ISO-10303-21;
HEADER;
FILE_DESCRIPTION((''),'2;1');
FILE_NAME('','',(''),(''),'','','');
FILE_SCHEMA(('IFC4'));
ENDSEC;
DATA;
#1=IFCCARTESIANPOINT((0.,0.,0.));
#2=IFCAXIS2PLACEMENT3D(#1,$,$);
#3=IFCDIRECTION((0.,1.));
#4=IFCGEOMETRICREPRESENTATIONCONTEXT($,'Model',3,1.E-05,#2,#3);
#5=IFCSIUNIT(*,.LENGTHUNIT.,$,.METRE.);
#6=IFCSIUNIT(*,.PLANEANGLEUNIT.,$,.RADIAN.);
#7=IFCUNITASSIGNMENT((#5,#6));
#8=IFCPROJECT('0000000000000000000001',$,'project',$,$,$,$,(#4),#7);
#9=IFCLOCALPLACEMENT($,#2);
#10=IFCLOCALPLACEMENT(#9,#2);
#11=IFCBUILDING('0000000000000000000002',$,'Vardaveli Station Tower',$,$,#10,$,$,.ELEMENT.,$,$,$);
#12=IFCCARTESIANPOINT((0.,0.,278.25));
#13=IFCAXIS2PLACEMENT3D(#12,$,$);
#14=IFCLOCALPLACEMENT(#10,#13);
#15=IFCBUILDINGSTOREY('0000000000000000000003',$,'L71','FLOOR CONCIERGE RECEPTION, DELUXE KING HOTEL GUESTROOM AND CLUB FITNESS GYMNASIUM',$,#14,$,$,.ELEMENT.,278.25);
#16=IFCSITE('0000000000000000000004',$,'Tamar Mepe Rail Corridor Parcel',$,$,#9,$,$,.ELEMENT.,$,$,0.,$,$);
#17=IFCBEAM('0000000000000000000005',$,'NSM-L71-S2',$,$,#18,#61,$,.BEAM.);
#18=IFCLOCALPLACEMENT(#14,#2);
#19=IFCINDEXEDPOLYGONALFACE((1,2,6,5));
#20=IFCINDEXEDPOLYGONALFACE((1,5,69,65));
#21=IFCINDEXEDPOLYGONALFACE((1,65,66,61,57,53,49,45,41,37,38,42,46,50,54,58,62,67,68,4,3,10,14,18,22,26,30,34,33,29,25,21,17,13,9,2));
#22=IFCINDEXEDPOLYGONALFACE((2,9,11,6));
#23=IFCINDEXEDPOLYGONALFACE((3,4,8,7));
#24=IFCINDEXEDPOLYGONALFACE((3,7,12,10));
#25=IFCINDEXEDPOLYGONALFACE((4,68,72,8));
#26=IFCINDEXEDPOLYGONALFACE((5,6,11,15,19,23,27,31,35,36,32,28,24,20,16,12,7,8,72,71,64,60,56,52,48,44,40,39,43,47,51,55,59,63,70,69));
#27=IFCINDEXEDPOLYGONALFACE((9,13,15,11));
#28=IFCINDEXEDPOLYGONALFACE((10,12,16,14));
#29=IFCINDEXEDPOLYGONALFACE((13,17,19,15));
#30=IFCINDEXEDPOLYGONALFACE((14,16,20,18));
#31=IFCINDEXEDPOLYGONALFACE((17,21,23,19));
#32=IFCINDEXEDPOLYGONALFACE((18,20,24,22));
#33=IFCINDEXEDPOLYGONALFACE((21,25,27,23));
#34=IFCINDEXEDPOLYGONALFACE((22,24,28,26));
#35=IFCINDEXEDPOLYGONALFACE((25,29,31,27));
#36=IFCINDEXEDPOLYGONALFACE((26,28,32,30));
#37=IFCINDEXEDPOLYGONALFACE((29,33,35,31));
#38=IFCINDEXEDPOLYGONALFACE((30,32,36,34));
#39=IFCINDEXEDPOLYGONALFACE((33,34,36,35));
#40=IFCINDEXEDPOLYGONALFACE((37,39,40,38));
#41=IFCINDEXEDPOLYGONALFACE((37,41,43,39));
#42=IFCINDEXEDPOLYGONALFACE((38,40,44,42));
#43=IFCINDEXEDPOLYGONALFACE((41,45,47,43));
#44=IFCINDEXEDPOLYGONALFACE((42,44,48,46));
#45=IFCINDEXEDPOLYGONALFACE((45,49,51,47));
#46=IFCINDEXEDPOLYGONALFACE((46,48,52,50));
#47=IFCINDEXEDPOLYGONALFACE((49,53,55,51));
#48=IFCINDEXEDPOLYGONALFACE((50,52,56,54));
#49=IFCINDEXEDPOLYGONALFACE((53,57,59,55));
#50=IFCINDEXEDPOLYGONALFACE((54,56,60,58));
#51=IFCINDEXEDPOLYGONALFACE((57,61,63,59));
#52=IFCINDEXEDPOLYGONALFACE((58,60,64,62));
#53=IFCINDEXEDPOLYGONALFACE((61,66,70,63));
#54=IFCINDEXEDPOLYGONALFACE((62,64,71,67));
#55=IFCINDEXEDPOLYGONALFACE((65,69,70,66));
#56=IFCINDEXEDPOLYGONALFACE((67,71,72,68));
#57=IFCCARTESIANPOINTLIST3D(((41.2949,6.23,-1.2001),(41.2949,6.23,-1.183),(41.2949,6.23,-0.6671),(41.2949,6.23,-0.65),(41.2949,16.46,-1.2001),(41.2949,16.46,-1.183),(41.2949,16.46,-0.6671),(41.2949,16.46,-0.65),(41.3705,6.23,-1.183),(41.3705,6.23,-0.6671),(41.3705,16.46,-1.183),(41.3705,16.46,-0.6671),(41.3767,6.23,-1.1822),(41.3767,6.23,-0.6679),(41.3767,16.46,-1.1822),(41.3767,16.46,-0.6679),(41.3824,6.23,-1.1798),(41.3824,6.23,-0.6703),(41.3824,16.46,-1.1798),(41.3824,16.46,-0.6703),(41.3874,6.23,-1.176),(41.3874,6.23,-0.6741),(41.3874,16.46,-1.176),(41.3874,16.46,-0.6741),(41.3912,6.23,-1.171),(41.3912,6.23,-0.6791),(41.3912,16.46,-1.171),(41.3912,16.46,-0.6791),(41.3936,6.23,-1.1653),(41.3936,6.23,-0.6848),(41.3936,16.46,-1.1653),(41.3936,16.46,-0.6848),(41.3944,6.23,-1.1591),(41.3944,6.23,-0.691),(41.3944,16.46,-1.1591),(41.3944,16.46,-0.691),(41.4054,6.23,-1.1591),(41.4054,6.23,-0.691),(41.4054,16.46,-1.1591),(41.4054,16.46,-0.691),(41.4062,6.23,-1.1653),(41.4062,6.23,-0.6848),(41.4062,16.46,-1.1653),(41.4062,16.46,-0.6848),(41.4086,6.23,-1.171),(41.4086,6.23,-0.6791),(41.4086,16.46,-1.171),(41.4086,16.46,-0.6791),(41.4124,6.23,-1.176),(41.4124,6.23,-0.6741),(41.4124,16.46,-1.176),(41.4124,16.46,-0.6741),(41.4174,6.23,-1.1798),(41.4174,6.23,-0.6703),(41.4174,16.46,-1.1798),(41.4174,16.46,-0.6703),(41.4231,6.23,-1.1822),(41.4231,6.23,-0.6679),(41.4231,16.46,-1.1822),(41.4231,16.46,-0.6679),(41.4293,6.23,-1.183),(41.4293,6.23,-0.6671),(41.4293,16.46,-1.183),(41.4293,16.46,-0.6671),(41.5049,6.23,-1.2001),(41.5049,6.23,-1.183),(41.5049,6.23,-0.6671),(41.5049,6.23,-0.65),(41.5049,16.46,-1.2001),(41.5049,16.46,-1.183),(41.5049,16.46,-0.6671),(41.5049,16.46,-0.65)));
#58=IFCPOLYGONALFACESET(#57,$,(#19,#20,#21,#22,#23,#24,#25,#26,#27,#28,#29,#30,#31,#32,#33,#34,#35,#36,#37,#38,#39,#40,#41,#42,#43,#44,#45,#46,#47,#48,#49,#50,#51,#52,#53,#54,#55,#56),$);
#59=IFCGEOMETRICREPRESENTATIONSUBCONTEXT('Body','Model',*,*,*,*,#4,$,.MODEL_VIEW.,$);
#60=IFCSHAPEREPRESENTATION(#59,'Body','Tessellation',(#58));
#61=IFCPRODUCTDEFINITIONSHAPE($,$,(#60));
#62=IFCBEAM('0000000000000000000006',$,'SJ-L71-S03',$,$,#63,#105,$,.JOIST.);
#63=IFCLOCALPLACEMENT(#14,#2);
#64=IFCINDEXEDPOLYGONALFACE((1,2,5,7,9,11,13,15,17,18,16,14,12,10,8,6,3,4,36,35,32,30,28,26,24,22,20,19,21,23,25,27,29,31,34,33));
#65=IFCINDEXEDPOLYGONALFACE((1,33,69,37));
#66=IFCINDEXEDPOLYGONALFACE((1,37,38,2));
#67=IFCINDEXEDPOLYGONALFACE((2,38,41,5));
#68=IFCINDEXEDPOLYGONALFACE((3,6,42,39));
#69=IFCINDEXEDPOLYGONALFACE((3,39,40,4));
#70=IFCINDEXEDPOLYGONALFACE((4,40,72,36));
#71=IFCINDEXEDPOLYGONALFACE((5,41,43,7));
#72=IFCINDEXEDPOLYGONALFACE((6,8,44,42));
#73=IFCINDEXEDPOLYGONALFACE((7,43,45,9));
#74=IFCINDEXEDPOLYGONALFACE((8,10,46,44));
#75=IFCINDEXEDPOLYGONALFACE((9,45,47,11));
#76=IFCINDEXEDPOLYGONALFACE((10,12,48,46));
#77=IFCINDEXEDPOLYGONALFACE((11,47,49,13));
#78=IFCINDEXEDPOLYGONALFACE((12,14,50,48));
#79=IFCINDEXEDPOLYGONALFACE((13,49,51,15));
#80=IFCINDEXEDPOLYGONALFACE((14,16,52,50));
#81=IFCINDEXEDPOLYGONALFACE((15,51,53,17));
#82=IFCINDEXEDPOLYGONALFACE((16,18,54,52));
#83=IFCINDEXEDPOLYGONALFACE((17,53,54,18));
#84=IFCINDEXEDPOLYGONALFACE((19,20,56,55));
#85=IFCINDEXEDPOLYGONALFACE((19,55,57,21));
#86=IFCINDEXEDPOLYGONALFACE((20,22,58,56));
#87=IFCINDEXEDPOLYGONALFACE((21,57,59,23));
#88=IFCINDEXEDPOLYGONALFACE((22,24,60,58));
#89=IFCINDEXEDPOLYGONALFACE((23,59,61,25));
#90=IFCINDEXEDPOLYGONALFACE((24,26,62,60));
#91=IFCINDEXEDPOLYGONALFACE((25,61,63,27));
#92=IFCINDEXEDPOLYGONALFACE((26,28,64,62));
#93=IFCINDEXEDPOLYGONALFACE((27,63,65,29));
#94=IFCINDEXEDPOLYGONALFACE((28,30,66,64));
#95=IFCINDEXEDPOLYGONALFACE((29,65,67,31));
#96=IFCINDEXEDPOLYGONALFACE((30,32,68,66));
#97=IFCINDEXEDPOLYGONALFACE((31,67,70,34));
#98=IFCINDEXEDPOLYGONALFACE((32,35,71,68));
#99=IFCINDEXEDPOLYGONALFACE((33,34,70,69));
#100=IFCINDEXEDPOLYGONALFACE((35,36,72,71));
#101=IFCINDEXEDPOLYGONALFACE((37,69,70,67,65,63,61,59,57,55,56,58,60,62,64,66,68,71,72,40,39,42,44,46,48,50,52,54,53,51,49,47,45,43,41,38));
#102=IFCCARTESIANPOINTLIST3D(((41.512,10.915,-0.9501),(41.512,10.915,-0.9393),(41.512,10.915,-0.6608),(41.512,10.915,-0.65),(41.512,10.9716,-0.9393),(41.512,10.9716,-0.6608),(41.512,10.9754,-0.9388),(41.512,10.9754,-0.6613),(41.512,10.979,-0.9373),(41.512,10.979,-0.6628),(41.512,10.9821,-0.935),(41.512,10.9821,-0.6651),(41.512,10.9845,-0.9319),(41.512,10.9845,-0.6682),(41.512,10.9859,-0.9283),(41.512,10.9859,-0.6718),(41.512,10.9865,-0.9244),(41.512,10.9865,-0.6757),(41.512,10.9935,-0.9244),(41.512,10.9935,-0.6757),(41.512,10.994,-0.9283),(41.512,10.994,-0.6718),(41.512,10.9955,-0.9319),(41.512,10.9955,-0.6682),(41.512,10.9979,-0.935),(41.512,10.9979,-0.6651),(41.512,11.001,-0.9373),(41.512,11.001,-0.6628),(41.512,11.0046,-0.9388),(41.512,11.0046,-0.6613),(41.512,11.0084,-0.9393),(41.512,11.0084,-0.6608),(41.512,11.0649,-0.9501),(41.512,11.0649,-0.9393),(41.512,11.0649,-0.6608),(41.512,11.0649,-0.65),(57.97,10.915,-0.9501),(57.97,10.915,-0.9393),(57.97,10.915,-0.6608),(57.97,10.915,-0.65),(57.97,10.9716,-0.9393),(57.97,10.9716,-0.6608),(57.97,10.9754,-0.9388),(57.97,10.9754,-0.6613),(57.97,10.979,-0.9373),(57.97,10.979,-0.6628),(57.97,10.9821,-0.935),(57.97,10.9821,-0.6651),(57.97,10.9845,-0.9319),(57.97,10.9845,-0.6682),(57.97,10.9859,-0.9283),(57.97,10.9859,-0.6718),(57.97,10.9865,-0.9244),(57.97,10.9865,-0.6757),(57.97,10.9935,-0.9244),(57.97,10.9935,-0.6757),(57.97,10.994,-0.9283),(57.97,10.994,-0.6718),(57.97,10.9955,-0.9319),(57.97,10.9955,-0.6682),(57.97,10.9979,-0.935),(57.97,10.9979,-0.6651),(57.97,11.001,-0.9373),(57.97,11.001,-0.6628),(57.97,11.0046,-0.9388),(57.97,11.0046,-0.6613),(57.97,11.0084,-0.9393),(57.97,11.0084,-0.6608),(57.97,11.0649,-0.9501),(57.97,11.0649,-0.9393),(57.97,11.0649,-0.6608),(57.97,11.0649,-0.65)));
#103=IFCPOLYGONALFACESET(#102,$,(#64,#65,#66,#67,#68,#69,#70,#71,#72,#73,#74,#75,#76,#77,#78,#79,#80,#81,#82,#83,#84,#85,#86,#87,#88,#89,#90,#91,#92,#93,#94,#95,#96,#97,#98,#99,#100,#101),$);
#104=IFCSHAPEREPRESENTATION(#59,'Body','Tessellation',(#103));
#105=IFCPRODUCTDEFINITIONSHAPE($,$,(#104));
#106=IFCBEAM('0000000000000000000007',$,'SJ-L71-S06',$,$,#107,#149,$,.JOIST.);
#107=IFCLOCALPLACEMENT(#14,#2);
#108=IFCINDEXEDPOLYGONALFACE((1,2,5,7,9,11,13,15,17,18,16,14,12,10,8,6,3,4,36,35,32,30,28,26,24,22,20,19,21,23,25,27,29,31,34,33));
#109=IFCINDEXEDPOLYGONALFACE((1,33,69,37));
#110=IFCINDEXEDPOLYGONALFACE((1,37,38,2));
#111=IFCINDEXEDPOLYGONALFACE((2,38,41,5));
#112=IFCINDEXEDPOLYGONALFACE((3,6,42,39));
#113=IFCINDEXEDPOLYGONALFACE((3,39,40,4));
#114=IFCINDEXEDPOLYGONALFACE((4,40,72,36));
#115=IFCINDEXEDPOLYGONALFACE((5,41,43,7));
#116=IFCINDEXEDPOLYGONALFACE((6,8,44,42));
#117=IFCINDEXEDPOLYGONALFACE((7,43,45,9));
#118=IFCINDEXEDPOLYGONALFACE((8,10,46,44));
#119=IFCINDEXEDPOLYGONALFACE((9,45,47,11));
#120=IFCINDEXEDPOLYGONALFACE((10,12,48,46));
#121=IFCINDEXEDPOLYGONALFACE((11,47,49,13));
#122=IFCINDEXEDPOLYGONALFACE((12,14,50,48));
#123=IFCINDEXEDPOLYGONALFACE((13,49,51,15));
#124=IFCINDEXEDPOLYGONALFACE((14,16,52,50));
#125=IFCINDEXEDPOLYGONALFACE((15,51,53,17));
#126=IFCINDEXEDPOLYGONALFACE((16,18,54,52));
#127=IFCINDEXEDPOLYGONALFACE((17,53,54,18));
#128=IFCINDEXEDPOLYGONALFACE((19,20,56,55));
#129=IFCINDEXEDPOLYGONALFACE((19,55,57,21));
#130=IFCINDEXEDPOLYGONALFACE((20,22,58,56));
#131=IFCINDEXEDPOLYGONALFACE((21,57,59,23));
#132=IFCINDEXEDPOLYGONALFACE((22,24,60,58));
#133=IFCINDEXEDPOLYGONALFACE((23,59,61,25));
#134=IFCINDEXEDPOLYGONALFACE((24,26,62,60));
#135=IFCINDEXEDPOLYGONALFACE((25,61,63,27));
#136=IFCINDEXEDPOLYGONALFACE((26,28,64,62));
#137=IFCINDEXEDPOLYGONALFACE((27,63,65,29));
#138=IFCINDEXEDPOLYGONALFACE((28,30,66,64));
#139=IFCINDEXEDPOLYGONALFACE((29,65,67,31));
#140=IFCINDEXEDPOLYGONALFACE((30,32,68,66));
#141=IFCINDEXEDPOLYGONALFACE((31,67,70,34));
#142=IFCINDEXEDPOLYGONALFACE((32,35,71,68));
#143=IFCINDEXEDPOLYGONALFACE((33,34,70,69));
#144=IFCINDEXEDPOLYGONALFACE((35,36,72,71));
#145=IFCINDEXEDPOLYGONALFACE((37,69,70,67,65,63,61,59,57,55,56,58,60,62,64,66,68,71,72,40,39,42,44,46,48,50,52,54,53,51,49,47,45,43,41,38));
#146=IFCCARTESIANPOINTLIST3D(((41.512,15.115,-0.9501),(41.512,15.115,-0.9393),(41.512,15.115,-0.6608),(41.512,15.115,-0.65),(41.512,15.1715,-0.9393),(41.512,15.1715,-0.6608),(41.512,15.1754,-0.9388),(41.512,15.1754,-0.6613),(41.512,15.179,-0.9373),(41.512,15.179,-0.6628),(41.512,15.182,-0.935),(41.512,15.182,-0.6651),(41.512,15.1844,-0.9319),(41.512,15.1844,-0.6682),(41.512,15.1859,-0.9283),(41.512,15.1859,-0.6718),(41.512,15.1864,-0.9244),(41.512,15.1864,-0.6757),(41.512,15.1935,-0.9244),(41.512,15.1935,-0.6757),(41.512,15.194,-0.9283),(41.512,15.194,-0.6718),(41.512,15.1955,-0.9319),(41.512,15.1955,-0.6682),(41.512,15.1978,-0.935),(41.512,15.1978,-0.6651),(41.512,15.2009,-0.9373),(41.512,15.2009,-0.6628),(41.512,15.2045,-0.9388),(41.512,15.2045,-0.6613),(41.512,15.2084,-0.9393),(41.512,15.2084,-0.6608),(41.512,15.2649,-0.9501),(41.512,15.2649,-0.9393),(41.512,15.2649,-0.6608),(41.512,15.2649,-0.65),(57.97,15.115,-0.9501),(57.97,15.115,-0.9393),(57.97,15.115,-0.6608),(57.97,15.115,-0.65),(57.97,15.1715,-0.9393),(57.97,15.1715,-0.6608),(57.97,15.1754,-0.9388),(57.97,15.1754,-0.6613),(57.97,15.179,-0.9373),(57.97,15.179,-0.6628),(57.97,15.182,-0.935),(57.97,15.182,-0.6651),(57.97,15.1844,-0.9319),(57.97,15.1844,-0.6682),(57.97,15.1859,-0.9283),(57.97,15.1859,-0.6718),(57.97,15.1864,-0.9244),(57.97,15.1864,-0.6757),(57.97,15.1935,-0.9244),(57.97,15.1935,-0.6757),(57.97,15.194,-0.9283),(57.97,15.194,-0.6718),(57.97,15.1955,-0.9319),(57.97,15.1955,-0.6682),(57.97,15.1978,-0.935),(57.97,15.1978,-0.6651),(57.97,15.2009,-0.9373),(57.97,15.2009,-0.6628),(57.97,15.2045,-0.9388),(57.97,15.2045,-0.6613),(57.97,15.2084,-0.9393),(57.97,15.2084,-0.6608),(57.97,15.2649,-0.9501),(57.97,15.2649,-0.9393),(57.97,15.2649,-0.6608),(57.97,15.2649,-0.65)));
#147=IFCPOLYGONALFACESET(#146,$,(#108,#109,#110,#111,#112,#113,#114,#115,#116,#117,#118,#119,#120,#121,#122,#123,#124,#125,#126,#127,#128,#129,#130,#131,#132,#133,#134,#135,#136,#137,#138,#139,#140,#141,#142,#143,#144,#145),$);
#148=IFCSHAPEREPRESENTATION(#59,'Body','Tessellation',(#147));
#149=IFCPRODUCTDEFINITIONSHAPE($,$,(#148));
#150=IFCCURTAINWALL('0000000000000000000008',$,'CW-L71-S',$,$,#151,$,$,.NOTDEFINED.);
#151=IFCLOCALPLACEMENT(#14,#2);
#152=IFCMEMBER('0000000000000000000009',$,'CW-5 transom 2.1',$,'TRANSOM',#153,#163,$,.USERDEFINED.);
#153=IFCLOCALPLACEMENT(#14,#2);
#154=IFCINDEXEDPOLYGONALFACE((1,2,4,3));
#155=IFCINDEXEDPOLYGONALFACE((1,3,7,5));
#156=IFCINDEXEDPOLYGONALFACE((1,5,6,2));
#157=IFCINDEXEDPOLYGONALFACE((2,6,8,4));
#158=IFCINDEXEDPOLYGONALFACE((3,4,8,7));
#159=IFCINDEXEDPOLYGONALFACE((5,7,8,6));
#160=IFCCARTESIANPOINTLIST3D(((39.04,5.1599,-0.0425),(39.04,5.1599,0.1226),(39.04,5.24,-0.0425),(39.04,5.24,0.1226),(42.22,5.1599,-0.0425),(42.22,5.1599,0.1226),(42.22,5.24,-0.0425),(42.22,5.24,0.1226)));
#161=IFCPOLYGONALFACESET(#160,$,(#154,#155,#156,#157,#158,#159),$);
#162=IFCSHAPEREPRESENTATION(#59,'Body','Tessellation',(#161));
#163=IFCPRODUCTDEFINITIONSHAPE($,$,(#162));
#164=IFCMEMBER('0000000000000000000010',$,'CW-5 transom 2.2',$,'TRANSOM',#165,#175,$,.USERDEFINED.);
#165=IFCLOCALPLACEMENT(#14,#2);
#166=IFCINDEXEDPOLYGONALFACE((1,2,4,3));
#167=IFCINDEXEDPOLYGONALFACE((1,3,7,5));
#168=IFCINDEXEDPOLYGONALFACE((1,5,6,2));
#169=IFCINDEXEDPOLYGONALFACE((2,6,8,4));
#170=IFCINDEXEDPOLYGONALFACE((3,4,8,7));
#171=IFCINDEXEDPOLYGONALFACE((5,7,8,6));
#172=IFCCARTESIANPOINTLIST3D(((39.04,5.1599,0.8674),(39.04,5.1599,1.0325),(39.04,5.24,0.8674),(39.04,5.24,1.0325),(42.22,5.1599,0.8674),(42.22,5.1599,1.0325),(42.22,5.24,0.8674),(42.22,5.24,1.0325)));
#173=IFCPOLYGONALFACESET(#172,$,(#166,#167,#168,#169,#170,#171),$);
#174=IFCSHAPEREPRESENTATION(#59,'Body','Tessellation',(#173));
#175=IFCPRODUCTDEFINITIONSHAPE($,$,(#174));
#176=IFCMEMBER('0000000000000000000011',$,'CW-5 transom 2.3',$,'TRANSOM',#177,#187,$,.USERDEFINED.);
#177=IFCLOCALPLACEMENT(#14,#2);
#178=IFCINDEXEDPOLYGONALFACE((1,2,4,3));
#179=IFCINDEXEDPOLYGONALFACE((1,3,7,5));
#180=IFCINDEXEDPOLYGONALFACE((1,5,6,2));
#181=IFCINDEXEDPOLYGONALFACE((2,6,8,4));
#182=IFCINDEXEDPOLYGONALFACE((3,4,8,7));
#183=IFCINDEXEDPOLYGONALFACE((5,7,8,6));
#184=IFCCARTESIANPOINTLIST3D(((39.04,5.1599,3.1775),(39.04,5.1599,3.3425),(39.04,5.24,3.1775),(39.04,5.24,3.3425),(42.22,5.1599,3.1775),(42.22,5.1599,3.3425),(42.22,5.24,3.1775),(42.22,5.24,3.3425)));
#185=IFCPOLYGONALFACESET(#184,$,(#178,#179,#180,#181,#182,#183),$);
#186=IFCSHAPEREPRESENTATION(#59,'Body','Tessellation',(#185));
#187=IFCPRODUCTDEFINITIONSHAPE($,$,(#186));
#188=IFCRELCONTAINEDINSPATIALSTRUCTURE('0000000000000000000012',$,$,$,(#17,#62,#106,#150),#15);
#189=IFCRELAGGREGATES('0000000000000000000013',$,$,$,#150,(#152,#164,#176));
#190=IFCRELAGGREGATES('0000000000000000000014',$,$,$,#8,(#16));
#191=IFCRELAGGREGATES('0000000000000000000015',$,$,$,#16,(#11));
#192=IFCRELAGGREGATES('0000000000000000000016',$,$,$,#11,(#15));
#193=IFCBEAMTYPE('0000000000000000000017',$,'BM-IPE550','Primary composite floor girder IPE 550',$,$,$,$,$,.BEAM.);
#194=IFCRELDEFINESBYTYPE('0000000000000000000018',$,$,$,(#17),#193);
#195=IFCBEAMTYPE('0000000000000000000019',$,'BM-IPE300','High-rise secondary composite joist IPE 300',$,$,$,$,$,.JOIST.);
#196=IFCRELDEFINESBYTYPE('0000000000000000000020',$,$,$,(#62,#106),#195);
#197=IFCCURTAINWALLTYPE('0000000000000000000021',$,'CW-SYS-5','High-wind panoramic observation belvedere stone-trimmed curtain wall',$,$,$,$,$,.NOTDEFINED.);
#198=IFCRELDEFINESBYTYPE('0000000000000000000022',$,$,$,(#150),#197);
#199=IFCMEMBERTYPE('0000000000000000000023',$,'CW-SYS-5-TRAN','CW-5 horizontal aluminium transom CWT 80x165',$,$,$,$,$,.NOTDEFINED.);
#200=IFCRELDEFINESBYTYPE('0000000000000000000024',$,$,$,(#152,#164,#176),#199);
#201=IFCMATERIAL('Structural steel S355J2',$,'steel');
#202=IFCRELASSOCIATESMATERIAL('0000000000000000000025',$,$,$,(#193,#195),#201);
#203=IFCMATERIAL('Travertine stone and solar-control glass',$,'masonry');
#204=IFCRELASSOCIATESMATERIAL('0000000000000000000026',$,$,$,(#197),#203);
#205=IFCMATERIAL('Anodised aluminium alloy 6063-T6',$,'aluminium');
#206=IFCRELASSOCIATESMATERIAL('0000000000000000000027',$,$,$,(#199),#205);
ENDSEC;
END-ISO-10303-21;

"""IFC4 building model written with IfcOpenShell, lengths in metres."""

from ifc_helpers import new_model, si_unit, direction, frame, origin, origin_2d, place, context, subcontext, project, spatial, rectangle, i_section, extrude, source, transform, mapped, material, material_profile, profile_set, type_object, element, aggregate, save


model = new_model("IFC4")

# Units and contexts
model_context = context("Model", 3, precision=1e-05, world=origin(), true_north=direction((0.0, 1.0)))
body_context = subcontext(model_context, "Body", "Model", "MODEL_VIEW")
ifc_project = project(units=[si_unit("LENGTHUNIT", "METRE"), si_unit("PLANEANGLEUNIT", "RADIAN")], contexts=[model_context])

# Site, building, storey
site_placement = place(None, origin())
site = spatial("IfcSite", under=ifc_project, at=site_placement, Name="Tamar Mepe Rail Corridor Parcel", CompositionType="ELEMENT", RefElevation=0.0)
building_placement = place(site_placement, origin())
building = spatial("IfcBuilding", under=site, at=building_placement, Name="Vardaveli Station Tower", CompositionType="ELEMENT")
storey_placement = place(building_placement, frame((0.0, 0.0, 278.25)))
storey = spatial("IfcBuildingStorey", under=building, at=storey_placement, Name="L71", Description="FLOOR CONCIERGE RECEPTION, DELUXE KING HOTEL GUESTROOM AND CLUB FITNESS GYMNASIUM", CompositionType="ELEMENT", Elevation=278.25)

# Beams
ifc_material_1 = material(Name="Structural steel S355J2", Category="steel")
ifc_material_profile_1 = material_profile(ifc_material_1, i_section(OverallWidth=0.21, OverallDepth=0.55, WebThickness=0.011, FlangeThickness=0.0171, FilletRadius=0.0239, at=origin_2d()), Name="IPE 550")
ifc_profile_set_1 = profile_set([ifc_material_profile_1], Name="Structural steel S355J2")
beam_type_1 = type_object("IfcBeamType", Name="BM-IPE550", Description="Primary composite floor girder IPE 550", PredefinedType="BEAM", material=ifc_profile_set_1)
shared_shape_1 = source(origin(), body_context, "Body", "SweptSolid", [
    extrude(i_section(OverallWidth=0.21, OverallDepth=0.55, WebThickness=0.011, FlangeThickness=0.0171, FilletRadius=0.0239, at=origin_2d()), origin(), (0.0, 0.0, 1.0), 10.23),
])
beam_1_placement = place(storey_placement, frame((41.3999, 6.23, -0.925), z_axis=(0.0, 1.0, 0.0), x_axis=(-1.0, 0.0, 0.0)))
element("IfcBeam", 1, at=beam_1_placement, inside=storey, type_object=beam_type_1, Name="NSM-L71-S2", PredefinedType="BEAM", context=body_context, shape_type="MappedRepresentation", body=[
    mapped(shared_shape_1, transform((0.0, 0.0, 0.0), scale=1.0)),
])
ifc_material_profile_2 = material_profile(ifc_material_1, i_section(OverallWidth=0.1499, OverallDepth=0.3, WebThickness=0.0071, FlangeThickness=0.0107, FilletRadius=0.0149, at=origin_2d()), Name="IPE 300")
ifc_profile_set_2 = profile_set([ifc_material_profile_2], Name="Structural steel S355J2")
beam_type_2 = type_object("IfcBeamType", Name="BM-IPE300", Description="High-rise secondary composite joist IPE 300", PredefinedType="JOIST", material=ifc_profile_set_2)
shared_shape_2 = source(origin(), body_context, "Body", "SweptSolid", [
    extrude(i_section(OverallWidth=0.1499, OverallDepth=0.3, WebThickness=0.0071, FlangeThickness=0.0107, FilletRadius=0.0149, at=origin_2d()), origin(), (0.0, 0.0, 1.0), 16.458),
])
for number, where, z_axis, x_axis, name in (
    (2, (41.512, 10.99, -0.8), (1.0, 0.0, 0.0), (0.0, 1.0, 0.0), "SJ-L71-S03"),
    (3, (41.512, 15.1899, -0.8), (1.0, 0.0, 0.0), (0.0, 1.0, 0.0), "SJ-L71-S06"),
):
    element("IfcBeam", number, at=place(storey_placement, frame(where, z_axis=z_axis, x_axis=x_axis)), inside=storey, type_object=beam_type_2, Name=name, PredefinedType="JOIST", context=body_context, shape_type="MappedRepresentation", body=[
        mapped(shared_shape_2, transform((0.0, 0.0, 0.0), scale=1.0)),
    ])

# Curtain wall, members
ifc_material_2 = material(Name="Travertine stone and solar-control glass", Category="masonry")
curtain_wall_type = type_object("IfcCurtainWallType", Name="CW-SYS-5", Description="High-wind panoramic observation belvedere stone-trimmed curtain wall", PredefinedType="NOTDEFINED", material=ifc_material_2)
curtain_wall_placement = place(storey_placement, origin())
curtain_wall = element("IfcCurtainWall", 4, at=curtain_wall_placement, inside=storey, type_object=curtain_wall_type, Name="CW-L71-S", PredefinedType="NOTDEFINED")
ifc_material_3 = material(Name="Anodised aluminium alloy 6063-T6", Category="aluminium")
ifc_material_profile_3 = material_profile(ifc_material_3, rectangle(XDim=0.0801, YDim=0.165, at=origin_2d()), Name="CWT 80x165")
ifc_profile_set_3 = profile_set([ifc_material_profile_3], Name="Anodised aluminium alloy 6063-T6")
member_type_1 = type_object("IfcMemberType", Name="CW-SYS-5-TRAN", Description="CW-5 horizontal aluminium transom CWT 80x165", PredefinedType="NOTDEFINED", material=ifc_profile_set_3)
shared_shape_3 = source(origin(), body_context, "Body", "SweptSolid", [
    extrude(rectangle(XDim=0.0801, YDim=0.165, at=origin_2d()), origin(), (0.0, 0.0, 1.0), 3.1799),
])
member_1_placement = place(storey_placement, frame((39.04, 5.2, 0.04), z_axis=(1.0, 0.0, 0.0), x_axis=(0.0, 1.0, 0.0)))
member_1 = element("IfcMember", 5, at=member_1_placement, type_object=member_type_1, Name="CW-5 transom 2.1", ObjectType="TRANSOM", PredefinedType="USERDEFINED", context=body_context, shape_type="MappedRepresentation", body=[
    mapped(shared_shape_3, transform((0.0, 0.0, 0.0), scale=1.0)),
])
member_2_placement = place(storey_placement, frame((39.04, 5.2, 0.95), z_axis=(1.0, 0.0, 0.0), x_axis=(0.0, 1.0, 0.0)))
member_2 = element("IfcMember", 6, at=member_2_placement, type_object=member_type_1, Name="CW-5 transom 2.2", ObjectType="TRANSOM", PredefinedType="USERDEFINED", context=body_context, shape_type="MappedRepresentation", body=[
    mapped(shared_shape_3, transform((0.0, 0.0, 0.0), scale=1.0)),
])
member_3_placement = place(storey_placement, frame((39.04, 5.2, 3.26), z_axis=(1.0, 0.0, 0.0), x_axis=(0.0, 1.0, 0.0)))
member_3 = element("IfcMember", 7, at=member_3_placement, type_object=member_type_1, Name="CW-5 transom 2.3", ObjectType="TRANSOM", PredefinedType="USERDEFINED", context=body_context, shape_type="MappedRepresentation", body=[
    mapped(shared_shape_3, transform((0.0, 0.0, 0.0), scale=1.0)),
])
aggregate(curtain_wall, [member_1, member_2, member_3])

save(model, "model.ifc")
